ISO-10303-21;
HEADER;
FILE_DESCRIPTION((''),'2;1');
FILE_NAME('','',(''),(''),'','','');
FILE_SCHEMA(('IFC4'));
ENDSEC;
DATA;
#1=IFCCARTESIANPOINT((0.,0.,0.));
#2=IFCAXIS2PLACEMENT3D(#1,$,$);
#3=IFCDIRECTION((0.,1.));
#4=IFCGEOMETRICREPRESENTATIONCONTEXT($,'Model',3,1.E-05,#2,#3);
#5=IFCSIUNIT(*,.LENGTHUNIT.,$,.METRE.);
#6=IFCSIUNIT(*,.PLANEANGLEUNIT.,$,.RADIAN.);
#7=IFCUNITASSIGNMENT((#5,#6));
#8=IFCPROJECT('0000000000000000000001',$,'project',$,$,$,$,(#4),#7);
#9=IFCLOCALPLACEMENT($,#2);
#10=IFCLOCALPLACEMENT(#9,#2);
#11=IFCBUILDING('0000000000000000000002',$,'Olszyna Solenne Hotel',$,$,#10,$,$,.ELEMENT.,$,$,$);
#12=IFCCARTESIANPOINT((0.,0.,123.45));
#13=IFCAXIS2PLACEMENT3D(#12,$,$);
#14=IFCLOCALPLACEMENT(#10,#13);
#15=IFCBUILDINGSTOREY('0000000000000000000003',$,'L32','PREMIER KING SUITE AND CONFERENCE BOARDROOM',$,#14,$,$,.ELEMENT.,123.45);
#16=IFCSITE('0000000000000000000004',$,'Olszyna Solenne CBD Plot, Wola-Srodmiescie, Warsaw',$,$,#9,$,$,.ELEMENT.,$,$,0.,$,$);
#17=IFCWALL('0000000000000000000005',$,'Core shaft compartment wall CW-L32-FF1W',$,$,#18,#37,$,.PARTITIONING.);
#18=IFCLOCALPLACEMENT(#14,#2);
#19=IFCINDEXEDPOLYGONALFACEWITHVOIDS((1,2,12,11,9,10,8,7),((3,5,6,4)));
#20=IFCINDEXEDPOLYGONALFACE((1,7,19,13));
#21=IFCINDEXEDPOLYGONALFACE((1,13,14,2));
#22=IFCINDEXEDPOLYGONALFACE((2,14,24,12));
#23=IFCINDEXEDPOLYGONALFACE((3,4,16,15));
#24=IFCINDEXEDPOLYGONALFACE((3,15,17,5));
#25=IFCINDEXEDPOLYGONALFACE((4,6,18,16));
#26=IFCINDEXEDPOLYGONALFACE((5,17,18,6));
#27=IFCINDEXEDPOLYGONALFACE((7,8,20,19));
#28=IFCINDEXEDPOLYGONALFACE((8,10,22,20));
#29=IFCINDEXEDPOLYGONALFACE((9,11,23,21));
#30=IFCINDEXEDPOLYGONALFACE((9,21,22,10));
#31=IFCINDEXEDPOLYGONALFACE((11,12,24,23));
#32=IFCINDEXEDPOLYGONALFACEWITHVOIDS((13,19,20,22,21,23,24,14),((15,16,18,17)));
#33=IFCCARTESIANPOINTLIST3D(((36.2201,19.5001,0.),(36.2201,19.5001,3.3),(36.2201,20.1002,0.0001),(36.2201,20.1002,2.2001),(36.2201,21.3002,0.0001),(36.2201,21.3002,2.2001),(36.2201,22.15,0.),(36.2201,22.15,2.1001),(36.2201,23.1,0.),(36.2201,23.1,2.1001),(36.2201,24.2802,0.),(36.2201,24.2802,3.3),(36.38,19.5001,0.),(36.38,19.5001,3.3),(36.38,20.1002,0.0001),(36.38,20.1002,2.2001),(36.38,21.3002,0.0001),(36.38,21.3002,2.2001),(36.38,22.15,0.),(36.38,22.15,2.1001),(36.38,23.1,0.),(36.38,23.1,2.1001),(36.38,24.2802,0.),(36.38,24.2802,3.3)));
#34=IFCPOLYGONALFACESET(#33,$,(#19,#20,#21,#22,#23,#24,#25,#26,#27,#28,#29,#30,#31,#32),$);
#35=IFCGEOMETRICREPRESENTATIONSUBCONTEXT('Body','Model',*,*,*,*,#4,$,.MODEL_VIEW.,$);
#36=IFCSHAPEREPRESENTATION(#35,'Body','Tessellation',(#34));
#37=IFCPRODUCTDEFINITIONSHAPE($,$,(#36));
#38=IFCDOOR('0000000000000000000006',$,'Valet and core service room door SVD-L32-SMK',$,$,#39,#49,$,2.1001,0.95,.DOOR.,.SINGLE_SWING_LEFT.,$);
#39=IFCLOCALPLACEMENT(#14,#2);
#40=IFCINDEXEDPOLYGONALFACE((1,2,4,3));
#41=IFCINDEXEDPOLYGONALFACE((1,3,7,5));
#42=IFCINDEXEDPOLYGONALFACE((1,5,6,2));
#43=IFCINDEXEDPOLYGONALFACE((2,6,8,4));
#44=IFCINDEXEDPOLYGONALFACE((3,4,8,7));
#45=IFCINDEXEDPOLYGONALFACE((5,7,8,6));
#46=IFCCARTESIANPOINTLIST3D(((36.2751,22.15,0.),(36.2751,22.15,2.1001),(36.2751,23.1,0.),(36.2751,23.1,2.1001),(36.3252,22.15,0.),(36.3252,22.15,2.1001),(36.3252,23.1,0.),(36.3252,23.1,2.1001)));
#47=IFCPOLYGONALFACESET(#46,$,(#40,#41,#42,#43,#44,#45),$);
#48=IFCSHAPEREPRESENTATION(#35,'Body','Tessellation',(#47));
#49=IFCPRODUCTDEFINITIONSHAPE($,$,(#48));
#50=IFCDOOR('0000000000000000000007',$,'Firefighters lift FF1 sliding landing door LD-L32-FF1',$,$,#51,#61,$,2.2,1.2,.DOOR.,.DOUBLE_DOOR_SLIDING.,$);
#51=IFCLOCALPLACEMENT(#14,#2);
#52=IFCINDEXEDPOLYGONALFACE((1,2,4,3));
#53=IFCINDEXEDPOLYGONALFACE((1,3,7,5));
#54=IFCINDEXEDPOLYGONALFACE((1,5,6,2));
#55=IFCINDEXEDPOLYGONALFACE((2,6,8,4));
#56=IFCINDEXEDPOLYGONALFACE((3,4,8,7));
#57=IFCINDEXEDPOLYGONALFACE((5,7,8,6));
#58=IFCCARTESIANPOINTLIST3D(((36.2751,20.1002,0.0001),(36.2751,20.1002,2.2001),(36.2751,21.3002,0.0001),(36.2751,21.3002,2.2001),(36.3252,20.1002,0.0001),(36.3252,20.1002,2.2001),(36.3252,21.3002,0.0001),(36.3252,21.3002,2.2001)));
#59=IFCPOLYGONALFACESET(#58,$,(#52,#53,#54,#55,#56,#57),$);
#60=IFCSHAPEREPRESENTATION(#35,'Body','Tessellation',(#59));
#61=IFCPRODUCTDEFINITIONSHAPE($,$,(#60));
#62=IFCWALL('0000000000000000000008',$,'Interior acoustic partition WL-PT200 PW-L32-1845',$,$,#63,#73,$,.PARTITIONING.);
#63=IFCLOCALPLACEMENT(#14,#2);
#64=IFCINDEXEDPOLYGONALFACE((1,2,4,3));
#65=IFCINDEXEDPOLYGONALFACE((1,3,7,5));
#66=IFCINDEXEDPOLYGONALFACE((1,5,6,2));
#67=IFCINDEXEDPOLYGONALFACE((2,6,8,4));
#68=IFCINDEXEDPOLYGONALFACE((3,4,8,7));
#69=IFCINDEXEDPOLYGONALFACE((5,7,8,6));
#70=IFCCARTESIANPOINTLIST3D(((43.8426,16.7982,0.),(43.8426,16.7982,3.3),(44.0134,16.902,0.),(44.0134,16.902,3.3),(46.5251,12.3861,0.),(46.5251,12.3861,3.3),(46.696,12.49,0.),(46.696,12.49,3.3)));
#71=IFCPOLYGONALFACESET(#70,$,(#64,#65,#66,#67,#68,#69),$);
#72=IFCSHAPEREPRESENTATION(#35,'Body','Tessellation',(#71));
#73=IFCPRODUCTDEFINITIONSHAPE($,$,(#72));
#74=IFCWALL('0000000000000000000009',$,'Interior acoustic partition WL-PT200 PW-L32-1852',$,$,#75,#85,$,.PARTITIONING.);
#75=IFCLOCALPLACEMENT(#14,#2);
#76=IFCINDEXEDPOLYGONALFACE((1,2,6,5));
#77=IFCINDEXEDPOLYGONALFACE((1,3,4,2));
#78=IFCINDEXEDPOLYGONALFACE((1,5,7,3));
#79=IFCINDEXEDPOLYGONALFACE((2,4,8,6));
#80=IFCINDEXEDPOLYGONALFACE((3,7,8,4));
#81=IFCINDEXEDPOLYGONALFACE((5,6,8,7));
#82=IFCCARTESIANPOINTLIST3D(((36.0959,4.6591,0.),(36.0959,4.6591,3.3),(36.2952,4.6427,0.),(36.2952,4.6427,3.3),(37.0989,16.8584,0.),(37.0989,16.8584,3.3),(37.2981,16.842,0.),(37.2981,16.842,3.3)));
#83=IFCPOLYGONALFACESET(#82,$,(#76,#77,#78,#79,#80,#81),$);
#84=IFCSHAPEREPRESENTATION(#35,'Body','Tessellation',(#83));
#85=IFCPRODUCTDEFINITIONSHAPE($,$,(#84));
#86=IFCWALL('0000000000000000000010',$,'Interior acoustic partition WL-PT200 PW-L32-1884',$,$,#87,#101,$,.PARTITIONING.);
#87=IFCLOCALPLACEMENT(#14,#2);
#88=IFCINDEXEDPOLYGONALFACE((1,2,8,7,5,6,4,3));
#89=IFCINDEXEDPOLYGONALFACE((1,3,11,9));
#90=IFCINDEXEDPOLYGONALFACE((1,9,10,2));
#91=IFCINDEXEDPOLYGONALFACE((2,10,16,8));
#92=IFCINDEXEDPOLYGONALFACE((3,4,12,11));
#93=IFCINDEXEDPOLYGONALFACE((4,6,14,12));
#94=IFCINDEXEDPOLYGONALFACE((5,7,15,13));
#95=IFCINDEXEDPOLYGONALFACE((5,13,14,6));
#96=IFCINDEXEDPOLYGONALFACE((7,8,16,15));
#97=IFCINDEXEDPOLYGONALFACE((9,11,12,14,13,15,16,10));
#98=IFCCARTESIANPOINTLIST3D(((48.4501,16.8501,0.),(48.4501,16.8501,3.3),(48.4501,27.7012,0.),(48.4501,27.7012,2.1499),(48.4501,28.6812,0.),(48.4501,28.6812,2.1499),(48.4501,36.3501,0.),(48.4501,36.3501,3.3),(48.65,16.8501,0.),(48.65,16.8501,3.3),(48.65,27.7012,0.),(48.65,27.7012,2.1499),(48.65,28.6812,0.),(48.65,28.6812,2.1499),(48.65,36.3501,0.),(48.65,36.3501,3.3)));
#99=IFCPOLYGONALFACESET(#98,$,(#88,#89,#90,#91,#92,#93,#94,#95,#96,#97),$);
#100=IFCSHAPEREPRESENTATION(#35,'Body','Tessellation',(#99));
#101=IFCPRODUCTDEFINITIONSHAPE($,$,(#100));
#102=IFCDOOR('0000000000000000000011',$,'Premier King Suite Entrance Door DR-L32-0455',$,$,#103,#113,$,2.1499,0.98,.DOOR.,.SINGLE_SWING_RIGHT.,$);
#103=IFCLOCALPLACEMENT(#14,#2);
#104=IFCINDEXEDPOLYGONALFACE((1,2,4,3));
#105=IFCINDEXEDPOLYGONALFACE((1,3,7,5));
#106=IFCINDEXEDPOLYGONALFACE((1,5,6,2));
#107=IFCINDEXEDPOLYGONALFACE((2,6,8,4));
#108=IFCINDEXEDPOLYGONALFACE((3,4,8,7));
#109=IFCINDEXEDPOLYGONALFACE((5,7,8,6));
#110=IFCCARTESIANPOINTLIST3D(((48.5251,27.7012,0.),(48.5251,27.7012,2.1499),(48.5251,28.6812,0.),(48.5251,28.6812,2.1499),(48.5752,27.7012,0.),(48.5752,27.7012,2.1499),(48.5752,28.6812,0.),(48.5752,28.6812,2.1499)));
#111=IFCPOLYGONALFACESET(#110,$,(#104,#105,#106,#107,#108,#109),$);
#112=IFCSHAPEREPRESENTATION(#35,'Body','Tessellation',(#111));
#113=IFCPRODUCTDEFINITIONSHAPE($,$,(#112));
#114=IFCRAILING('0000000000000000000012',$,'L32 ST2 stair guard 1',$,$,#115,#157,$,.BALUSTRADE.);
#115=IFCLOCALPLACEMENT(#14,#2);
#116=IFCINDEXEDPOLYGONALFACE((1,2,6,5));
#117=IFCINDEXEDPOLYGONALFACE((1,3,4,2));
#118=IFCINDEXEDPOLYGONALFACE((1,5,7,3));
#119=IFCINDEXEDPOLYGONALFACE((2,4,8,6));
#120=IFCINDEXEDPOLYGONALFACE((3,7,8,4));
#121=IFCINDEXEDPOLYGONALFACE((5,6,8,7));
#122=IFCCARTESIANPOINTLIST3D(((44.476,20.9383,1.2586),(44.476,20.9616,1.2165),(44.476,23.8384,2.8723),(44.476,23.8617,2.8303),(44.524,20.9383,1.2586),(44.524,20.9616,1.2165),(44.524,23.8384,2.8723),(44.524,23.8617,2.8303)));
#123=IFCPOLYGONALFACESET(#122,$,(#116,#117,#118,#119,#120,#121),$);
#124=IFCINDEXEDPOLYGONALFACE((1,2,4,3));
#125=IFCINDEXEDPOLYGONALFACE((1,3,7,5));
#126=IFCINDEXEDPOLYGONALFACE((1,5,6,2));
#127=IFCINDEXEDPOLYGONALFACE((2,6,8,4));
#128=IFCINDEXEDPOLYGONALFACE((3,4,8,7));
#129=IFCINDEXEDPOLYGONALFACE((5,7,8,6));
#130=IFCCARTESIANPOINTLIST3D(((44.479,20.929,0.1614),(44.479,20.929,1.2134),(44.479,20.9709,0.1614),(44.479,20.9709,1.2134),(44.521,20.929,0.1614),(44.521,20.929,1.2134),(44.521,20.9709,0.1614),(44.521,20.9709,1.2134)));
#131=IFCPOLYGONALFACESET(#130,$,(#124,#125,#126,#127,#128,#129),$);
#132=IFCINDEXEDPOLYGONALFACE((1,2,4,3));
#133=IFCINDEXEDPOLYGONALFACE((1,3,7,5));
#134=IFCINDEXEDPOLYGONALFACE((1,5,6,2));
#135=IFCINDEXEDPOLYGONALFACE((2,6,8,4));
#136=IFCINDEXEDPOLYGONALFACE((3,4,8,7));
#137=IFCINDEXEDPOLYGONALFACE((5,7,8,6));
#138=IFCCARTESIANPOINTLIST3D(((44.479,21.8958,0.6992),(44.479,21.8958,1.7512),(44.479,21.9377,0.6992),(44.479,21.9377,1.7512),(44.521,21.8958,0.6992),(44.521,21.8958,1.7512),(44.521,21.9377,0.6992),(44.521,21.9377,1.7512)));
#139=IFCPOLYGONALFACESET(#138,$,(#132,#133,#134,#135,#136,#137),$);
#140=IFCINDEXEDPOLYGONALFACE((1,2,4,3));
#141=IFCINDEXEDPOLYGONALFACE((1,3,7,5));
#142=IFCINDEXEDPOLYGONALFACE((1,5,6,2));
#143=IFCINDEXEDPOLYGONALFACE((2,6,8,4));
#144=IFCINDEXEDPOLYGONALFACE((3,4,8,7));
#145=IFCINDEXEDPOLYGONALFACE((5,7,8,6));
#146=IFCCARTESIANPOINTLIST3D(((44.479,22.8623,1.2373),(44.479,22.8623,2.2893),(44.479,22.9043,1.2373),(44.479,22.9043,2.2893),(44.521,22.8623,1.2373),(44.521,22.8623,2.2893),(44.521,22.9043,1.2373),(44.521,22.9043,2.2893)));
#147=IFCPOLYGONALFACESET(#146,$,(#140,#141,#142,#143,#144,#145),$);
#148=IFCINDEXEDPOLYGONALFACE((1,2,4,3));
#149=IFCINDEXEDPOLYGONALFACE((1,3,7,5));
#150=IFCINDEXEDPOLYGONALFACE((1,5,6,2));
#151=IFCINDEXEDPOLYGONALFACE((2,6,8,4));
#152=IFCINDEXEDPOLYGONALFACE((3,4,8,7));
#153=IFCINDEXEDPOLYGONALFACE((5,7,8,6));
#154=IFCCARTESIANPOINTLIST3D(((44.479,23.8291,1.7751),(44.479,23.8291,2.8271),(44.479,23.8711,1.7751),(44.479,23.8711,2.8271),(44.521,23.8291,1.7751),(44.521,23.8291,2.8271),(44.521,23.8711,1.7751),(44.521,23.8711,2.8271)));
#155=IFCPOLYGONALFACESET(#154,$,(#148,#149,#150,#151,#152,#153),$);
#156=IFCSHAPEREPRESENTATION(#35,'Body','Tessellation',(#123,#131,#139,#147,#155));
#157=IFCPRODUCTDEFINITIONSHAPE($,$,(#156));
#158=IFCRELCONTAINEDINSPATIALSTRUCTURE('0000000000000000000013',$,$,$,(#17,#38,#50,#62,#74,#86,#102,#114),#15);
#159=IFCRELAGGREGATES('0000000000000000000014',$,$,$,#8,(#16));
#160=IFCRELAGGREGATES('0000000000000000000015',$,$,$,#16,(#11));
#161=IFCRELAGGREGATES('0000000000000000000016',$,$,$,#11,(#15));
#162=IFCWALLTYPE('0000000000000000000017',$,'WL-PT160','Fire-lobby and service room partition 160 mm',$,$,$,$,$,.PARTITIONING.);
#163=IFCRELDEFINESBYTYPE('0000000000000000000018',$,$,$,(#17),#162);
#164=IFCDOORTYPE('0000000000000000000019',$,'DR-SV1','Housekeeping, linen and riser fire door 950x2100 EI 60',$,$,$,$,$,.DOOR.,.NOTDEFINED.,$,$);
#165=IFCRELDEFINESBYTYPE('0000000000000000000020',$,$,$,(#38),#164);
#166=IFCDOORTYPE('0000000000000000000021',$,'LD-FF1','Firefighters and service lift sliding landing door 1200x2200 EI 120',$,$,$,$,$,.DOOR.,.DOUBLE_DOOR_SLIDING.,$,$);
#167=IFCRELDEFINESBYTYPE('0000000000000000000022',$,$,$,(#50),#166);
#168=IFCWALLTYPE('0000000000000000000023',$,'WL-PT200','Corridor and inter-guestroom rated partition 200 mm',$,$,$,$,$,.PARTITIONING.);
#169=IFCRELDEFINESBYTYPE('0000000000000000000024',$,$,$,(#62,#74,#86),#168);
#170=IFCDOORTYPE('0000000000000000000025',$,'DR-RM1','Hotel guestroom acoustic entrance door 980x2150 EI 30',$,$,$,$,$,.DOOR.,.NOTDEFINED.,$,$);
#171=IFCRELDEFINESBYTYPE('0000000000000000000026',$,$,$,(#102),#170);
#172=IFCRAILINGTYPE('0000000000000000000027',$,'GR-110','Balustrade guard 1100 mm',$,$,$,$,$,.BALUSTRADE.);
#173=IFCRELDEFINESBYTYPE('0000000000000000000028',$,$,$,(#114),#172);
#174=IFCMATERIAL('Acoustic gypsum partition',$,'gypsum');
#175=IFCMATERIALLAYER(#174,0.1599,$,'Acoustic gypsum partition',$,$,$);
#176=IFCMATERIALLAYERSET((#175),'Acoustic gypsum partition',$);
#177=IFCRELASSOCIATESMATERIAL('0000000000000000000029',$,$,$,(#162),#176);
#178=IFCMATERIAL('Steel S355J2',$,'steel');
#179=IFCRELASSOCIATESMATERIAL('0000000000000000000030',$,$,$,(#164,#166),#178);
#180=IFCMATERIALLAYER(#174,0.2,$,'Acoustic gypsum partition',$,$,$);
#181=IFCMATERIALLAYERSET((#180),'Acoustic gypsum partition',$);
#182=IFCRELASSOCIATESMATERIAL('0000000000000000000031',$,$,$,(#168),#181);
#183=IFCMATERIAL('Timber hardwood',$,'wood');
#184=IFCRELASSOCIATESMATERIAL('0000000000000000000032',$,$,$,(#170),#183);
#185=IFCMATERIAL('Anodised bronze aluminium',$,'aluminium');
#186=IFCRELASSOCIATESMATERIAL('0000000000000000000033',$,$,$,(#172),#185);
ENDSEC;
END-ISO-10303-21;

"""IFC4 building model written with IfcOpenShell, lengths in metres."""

from ifc_helpers import new_model, si_unit, direction, frame, frame_2d, origin, origin_2d, place, context, subcontext, project, spatial, rectangle, extrude, source, transform, mapped, material, layer, layer_set, type_object, type_shapes, element, fill, save


model = new_model("IFC4")

# Units and contexts
model_context = context("Model", 3, precision=1e-05, world=origin(), true_north=direction((0.0, 1.0)))
body_context = subcontext(model_context, "Body", "Model", "MODEL_VIEW")
ifc_project = project(units=[si_unit("LENGTHUNIT", "METRE"), si_unit("PLANEANGLEUNIT", "RADIAN")], contexts=[model_context])

# Site, building, storey
site_placement = place(None, origin())
site = spatial("IfcSite", under=ifc_project, at=site_placement, Name="Olszyna Solenne CBD Plot, Wola-Srodmiescie, Warsaw", CompositionType="ELEMENT", RefElevation=0.0)
building_placement = place(site_placement, origin())
building = spatial("IfcBuilding", under=site, at=building_placement, Name="Olszyna Solenne Hotel", CompositionType="ELEMENT")
storey_placement = place(building_placement, frame((0.0, 0.0, 123.45)))
storey = spatial("IfcBuildingStorey", under=building, at=storey_placement, Name="L32", Description="PREMIER KING SUITE AND CONFERENCE BOARDROOM", CompositionType="ELEMENT", Elevation=123.45)

# Shared definitions
ifc_material_1 = material(Name="Steel S355J2", Category="steel")

# Shared definitions
ifc_material_2 = material(Name="Anodised bronze aluminium", Category="aluminium")

# Shared definitions
ifc_material_3 = material(Name="Acoustic gypsum partition", Category="gypsum")

# Shared definitions
ifc_material_4 = material(Name="Timber hardwood", Category="wood")

# Wall, openings, doors
ifc_layer_1 = layer(ifc_material_3, 0.1599, Name="Acoustic gypsum partition")
ifc_layer_set_1 = layer_set([ifc_layer_1], Name="Acoustic gypsum partition")
wall_type_1 = type_object("IfcWallType", Name="WL-PT160", Description="Fire-lobby and service room partition 160 mm", PredefinedType="PARTITIONING", material=ifc_layer_set_1)
wall_1_placement = place(storey_placement, frame((36.3, 19.5, 0.0), z_axis=(0.0, 0.0, 1.0), x_axis=(0.0, 1.0, 0.0)))
wall_1 = element("IfcWall", 1, at=wall_1_placement, inside=storey, type_object=wall_type_1, Name="Core shaft compartment wall CW-L32-FF1W", PredefinedType="PARTITIONING", context=body_context, shape_type="SweptSolid", body=[
    extrude(rectangle(XDim=4.78, YDim=0.1599, at=frame_2d((2.3901, 0.0))), origin(), (0.0, 0.0, 1.0), 3.3),
])
opening_1_placement = place(wall_1_placement, frame((0.6001, 0.0, 0.0)))
opening_1 = element("IfcOpeningElement", 2, at=opening_1_placement, cuts=wall_1, PredefinedType="OPENING", context=body_context, shape_type="SweptSolid", body=[
    extrude(rectangle(XDim=1.2, YDim=2.2, at=frame_2d((0.6001, 1.1001))), frame((0.0, 0.0898, 0.0), z_axis=(0.0, -1.0, 0.0), x_axis=(1.0, 0.0, 0.0)), (0.0, 0.0, 1.0), 0.1799),
])
opening_2_placement = place(wall_1_placement, frame((2.6499, 0.0, 0.0)))
opening_2 = element("IfcOpeningElement", 3, at=opening_2_placement, cuts=wall_1, PredefinedType="OPENING", context=body_context, shape_type="SweptSolid", body=[
    extrude(rectangle(XDim=0.95, YDim=2.1001, at=frame_2d((0.4751, 1.05))), frame((0.0, 0.0898, 0.0), z_axis=(0.0, -1.0, 0.0), x_axis=(1.0, 0.0, 0.0)), (0.0, 0.0, 1.0), 0.1799),
])
door_type_1 = type_object("IfcDoorType", Name="DR-SV1", Description="Housekeeping, linen and riser fire door 950x2100 EI 60", OperationType="NOTDEFINED", PredefinedType="DOOR", material=ifc_material_1)
shared_shape_1 = source(origin(), body_context, "Body", "SweptSolid", [
    extrude(rectangle(XDim=0.95, YDim=2.1001, at=frame_2d((0.4751, 1.05))), frame((0.0, 0.0249, 0.0), z_axis=(0.0, -1.0, 0.0), x_axis=(1.0, 0.0, 0.0)), (0.0, 0.0, 1.0), 0.05),
])
type_shapes(door_type_1, [shared_shape_1])
door_1_placement = place(opening_2_placement, origin())
door_1 = element("IfcDoor", 4, at=door_1_placement, inside=storey, type_object=door_type_1, Name="Valet and core service room door SVD-L32-SMK", OperationType="SINGLE_SWING_LEFT", OverallHeight=2.1001, OverallWidth=0.95, PredefinedType="DOOR", context=body_context, shape_type="MappedRepresentation", body=[
    mapped(shared_shape_1, transform((0.0, 0.0, 0.0), x_axis=(1.0, 0.0, 0.0), y_axis=(0.0, 1.0, 0.0), z_axis=(0.0, 0.0, 1.0), scale=1.0)),
])
fill(opening_2, door_1)
door_type_2 = type_object("IfcDoorType", Name="LD-FF1", Description="Firefighters and service lift sliding landing door 1200x2200 EI 120", OperationType="DOUBLE_DOOR_SLIDING", PredefinedType="DOOR", material=ifc_material_1)
shared_shape_2 = source(origin(), body_context, "Body", "SweptSolid", [
    extrude(rectangle(XDim=1.2, YDim=2.2, at=frame_2d((0.6001, 1.1001))), frame((0.0, 0.0249, 0.0), z_axis=(0.0, -1.0, 0.0), x_axis=(1.0, 0.0, 0.0)), (0.0, 0.0, 1.0), 0.05),
])
type_shapes(door_type_2, [shared_shape_2])
door_2_placement = place(opening_1_placement, origin())
door_2 = element("IfcDoor", 5, at=door_2_placement, inside=storey, type_object=door_type_2, Name="Firefighters lift FF1 sliding landing door LD-L32-FF1", OperationType="DOUBLE_DOOR_SLIDING", OverallHeight=2.2, OverallWidth=1.2, PredefinedType="DOOR", context=body_context, shape_type="MappedRepresentation", body=[
    mapped(shared_shape_2, transform((0.0, 0.0, 0.0), x_axis=(1.0, 0.0, 0.0), y_axis=(0.0, 1.0, 0.0), z_axis=(0.0, 0.0, 1.0), scale=1.0)),
])
fill(opening_1, door_2)

# Walls
ifc_layer_2 = layer(ifc_material_3, 0.2, Name="Acoustic gypsum partition")
ifc_layer_set_2 = layer_set([ifc_layer_2], Name="Acoustic gypsum partition")
wall_type_2 = type_object("IfcWallType", Name="WL-PT200", Description="Corridor and inter-guestroom rated partition 200 mm", PredefinedType="PARTITIONING", material=ifc_layer_set_2)
wall_2_placement = place(storey_placement, frame((43.928, 16.8501, 0.0), z_axis=(0.0, 0.0, 1.0), x_axis=(0.519521, -0.854458, 0.0)))
element("IfcWall", 6, at=wall_2_placement, inside=storey, type_object=wall_type_2, Name="Interior acoustic partition WL-PT200 PW-L32-1845", PredefinedType="PARTITIONING", context=body_context, shape_type="SweptSolid", body=[
    extrude(rectangle(XDim=5.1636, YDim=0.2, at=frame_2d((2.5818, 0.0))), origin(), (0.0, 0.0, 1.0), 3.3),
])
wall_3_placement = place(storey_placement, frame((37.1985, 16.8501, 0.0), z_axis=(0.0, 0.0, 1.0), x_axis=(-0.081936, -0.996638, 0.0)))
element("IfcWall", 7, at=wall_3_placement, inside=storey, type_object=wall_type_2, Name="Interior acoustic partition WL-PT200 PW-L32-1852", PredefinedType="PARTITIONING", context=body_context, shape_type="SweptSolid", body=[
    extrude(rectangle(XDim=12.2405, YDim=0.2, at=frame_2d((6.1201, 0.0))), origin(), (0.0, 0.0, 1.0), 3.3),
])

# Wall, opening, door
wall_4_placement = place(storey_placement, frame((48.55, 16.8501, 0.0), z_axis=(0.0, 0.0, 1.0), x_axis=(0.0, 1.0, 0.0)))
wall_4 = element("IfcWall", 8, at=wall_4_placement, inside=storey, type_object=wall_type_2, Name="Interior acoustic partition WL-PT200 PW-L32-1884", PredefinedType="PARTITIONING", context=body_context, shape_type="SweptSolid", body=[
    extrude(rectangle(XDim=19.5, YDim=0.2, at=frame_2d((9.75, 0.0))), origin(), (0.0, 0.0, 1.0), 3.3),
])
opening_3_placement = place(wall_4_placement, frame((10.8511, 0.0, 0.0)))
opening_3 = element("IfcOpeningElement", 9, at=opening_3_placement, cuts=wall_4, PredefinedType="OPENING", context=body_context, shape_type="SweptSolid", body=[
    extrude(rectangle(XDim=0.98, YDim=2.1499, at=frame_2d((0.49, 1.075))), frame((0.0, 0.1099, 0.0), z_axis=(0.0, -1.0, 0.0), x_axis=(1.0, 0.0, 0.0)), (0.0, 0.0, 1.0), 0.22),
])
door_type_3 = type_object("IfcDoorType", Name="DR-RM1", Description="Hotel guestroom acoustic entrance door 980x2150 EI 30", OperationType="NOTDEFINED", PredefinedType="DOOR", material=ifc_material_4)
shared_shape_3 = source(origin(), body_context, "Body", "SweptSolid", [
    extrude(rectangle(XDim=0.98, YDim=2.1499, at=frame_2d((0.49, 1.075))), frame((0.0, 0.0249, 0.0), z_axis=(0.0, -1.0, 0.0), x_axis=(1.0, 0.0, 0.0)), (0.0, 0.0, 1.0), 0.05),
])
type_shapes(door_type_3, [shared_shape_3])
door_3_placement = place(opening_3_placement, origin())
door_3 = element("IfcDoor", 10, at=door_3_placement, inside=storey, type_object=door_type_3, Name="Premier King Suite Entrance Door DR-L32-0455", OperationType="SINGLE_SWING_RIGHT", OverallHeight=2.1499, OverallWidth=0.98, PredefinedType="DOOR", context=body_context, shape_type="MappedRepresentation", body=[
    mapped(shared_shape_3, transform((0.0, 0.0, 0.0), x_axis=(1.0, 0.0, 0.0), y_axis=(0.0, 1.0, 0.0), z_axis=(0.0, 0.0, 1.0), scale=1.0)),
])
fill(opening_3, door_3)

# Railing
railing_type = type_object("IfcRailingType", Name="GR-110", Description="Balustrade guard 1100 mm", PredefinedType="BALUSTRADE", material=ifc_material_2)
railing_1_placement = place(storey_placement, frame((44.5, 20.95, 0.1614)))
element("IfcRailing", 11, at=railing_1_placement, inside=storey, type_object=railing_type, Name="L32 ST2 stair guard 1", PredefinedType="BALUSTRADE", context=body_context, shape_type="SweptSolid", body=[
    extrude(rectangle(XDim=0.0481, YDim=0.0481, at=origin_2d()), frame((0.0, 0.0, 1.0762), z_axis=(0.0, 0.873827, 0.486236), x_axis=(-1.0, 0.0, 0.0)), (0.0, 0.0, 1.0), 3.3188),
    extrude(rectangle(XDim=0.042, YDim=0.042, at=origin_2d()), origin(), (0.0, 0.0, 1.0), 1.052),
    extrude(rectangle(XDim=0.042, YDim=0.042, at=origin_2d()), frame((0.0, 0.9668, 0.5378)), (0.0, 0.0, 1.0), 1.052),
    extrude(rectangle(XDim=0.042, YDim=0.042, at=origin_2d()), frame((0.0, 1.9333, 1.0759)), (0.0, 0.0, 1.0), 1.052),
    extrude(rectangle(XDim=0.042, YDim=0.042, at=origin_2d()), frame((0.0, 2.9001, 1.6138)), (0.0, 0.0, 1.0), 1.052),
])

save(model, "model.ifc")
